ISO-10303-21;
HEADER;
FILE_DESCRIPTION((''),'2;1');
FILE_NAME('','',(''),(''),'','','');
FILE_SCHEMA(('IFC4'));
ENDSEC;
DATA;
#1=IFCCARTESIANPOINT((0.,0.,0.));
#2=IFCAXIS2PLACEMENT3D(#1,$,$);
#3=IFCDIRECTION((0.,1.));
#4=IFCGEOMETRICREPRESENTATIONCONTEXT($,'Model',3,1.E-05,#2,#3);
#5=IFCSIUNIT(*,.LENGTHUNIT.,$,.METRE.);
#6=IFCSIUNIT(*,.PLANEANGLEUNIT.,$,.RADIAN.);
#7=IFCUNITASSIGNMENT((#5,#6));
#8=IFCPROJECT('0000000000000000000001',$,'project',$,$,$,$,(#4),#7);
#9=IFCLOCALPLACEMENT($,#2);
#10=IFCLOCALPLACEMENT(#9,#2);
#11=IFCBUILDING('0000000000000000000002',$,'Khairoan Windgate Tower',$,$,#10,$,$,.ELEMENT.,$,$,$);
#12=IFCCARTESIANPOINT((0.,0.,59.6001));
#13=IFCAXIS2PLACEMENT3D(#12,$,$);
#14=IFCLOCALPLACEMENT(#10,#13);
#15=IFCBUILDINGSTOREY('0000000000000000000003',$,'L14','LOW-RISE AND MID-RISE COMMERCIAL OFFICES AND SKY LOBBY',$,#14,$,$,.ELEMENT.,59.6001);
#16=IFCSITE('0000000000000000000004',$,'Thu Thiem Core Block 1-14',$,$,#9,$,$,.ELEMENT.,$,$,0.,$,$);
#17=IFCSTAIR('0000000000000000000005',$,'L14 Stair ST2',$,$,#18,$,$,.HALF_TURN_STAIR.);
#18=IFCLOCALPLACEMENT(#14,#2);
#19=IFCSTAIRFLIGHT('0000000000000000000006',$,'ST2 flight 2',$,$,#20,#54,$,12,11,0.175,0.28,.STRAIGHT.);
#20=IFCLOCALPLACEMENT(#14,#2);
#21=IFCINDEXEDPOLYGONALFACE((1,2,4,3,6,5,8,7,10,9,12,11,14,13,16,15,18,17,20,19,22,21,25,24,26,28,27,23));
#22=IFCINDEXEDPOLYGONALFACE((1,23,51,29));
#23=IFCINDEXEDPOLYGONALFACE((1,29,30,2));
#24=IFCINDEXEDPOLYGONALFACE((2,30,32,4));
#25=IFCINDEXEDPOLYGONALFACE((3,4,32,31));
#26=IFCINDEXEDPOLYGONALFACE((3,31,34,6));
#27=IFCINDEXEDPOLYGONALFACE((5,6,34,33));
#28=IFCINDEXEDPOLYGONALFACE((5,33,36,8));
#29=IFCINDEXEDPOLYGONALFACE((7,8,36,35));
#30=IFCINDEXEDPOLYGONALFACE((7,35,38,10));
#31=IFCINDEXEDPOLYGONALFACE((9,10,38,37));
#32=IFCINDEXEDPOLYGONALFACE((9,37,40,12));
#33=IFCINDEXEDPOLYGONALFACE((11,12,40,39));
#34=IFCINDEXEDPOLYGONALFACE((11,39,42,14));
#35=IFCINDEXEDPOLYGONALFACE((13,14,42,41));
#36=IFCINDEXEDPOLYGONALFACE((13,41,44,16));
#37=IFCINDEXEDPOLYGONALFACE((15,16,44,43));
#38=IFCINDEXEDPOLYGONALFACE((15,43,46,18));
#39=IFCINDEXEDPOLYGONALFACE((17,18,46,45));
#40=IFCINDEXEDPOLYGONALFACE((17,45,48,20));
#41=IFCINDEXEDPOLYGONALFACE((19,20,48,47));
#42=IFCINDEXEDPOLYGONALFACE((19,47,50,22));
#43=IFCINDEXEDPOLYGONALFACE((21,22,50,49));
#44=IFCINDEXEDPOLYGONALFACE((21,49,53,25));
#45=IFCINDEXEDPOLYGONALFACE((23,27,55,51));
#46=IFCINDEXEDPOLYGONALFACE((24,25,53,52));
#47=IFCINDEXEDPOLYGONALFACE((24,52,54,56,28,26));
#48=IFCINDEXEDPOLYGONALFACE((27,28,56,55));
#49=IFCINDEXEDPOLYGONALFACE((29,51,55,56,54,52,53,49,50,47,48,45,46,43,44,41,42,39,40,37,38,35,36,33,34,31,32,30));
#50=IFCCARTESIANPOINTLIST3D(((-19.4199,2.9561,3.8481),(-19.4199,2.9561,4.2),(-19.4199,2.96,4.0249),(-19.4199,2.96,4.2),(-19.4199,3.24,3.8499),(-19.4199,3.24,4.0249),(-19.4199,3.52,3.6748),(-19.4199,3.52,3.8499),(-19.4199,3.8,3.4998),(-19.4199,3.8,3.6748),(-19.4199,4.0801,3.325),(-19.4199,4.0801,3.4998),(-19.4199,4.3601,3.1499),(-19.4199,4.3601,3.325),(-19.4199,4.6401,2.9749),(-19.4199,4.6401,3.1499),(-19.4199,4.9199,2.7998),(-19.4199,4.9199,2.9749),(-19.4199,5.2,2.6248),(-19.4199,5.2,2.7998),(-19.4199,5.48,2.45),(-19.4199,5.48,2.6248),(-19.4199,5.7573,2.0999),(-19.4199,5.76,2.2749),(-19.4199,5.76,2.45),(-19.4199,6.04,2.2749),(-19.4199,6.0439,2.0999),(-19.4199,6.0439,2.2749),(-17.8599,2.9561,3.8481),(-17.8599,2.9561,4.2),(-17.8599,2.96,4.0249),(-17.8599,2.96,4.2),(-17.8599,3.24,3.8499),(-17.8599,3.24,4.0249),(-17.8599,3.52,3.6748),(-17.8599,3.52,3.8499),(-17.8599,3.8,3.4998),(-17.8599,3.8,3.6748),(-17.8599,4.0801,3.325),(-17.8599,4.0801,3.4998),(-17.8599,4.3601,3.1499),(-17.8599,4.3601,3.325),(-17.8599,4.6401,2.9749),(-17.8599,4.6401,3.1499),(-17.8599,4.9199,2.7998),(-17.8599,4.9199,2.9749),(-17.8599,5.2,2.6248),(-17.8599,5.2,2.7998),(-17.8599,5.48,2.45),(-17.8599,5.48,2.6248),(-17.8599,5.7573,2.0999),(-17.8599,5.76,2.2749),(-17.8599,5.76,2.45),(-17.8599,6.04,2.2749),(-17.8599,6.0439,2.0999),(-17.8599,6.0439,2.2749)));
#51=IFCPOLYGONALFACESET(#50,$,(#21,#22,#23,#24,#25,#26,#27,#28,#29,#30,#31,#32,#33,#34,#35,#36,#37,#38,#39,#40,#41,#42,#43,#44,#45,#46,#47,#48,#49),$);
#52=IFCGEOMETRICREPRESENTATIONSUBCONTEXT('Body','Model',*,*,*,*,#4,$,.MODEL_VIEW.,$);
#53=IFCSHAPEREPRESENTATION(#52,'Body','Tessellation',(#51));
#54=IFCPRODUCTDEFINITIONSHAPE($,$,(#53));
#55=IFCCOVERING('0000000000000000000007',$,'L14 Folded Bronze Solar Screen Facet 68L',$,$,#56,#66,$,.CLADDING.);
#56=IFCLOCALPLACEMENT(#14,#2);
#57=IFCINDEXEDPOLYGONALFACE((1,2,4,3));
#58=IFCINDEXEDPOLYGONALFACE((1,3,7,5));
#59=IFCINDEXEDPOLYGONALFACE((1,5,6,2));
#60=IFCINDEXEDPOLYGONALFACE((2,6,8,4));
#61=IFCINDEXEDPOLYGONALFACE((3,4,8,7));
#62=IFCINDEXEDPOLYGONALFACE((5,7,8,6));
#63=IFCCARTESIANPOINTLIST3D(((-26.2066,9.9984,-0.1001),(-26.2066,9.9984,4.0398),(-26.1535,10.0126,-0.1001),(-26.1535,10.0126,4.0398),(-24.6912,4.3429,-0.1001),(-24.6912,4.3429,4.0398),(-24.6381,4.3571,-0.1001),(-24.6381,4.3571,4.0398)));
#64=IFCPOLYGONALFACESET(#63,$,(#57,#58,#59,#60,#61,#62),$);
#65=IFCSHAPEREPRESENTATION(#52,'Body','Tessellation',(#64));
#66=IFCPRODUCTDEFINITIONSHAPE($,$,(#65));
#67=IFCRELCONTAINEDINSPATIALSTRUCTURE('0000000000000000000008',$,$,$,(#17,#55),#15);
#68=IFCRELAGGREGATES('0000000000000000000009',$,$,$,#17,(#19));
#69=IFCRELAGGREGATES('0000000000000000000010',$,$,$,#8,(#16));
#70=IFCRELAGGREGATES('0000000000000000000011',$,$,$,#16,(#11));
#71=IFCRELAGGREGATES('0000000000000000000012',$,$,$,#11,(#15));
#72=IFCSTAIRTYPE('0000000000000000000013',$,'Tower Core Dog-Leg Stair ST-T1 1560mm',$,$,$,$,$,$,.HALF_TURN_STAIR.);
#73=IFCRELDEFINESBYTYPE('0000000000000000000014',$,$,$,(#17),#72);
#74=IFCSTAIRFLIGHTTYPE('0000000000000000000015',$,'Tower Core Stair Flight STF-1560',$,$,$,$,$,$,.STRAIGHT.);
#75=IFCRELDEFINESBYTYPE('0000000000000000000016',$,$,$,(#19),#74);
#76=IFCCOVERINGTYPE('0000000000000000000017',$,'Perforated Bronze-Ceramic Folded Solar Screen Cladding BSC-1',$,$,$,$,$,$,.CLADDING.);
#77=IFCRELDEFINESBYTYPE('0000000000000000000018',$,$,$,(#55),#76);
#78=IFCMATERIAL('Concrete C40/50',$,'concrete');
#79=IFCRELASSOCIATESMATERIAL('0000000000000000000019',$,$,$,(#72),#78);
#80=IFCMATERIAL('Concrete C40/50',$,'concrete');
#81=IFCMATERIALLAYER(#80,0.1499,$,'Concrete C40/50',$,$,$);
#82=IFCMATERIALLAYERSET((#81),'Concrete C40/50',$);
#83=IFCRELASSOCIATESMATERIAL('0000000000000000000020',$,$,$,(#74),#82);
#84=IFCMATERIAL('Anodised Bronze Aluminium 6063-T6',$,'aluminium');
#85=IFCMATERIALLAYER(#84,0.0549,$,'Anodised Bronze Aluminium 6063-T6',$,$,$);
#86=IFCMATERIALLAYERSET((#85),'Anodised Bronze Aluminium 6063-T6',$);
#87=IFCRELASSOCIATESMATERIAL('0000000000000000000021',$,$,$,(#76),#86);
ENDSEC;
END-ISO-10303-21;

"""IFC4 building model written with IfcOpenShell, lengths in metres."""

from ifc_helpers import new_model, si_unit, direction, frame, origin, origin_2d, place, context, subcontext, project, spatial, polyline, rectangle, outline, extrude, material, layer, layer_set, type_object, element, aggregate, save


model = new_model("IFC4")

# Units and contexts
model_context = context("Model", 3, precision=1e-05, world=origin(), true_north=direction((0.0, 1.0)))
body_context = subcontext(model_context, "Body", "Model", "MODEL_VIEW")
ifc_project = project(units=[si_unit("LENGTHUNIT", "METRE"), si_unit("PLANEANGLEUNIT", "RADIAN")], contexts=[model_context])

# Site, building, storey
site_placement = place(None, origin())
site = spatial("IfcSite", under=ifc_project, at=site_placement, Name="Thu Thiem Core Block 1-14", CompositionType="ELEMENT", RefElevation=0.0)
building_placement = place(site_placement, origin())
building = spatial("IfcBuilding", under=site, at=building_placement, Name="Khairoan Windgate Tower", CompositionType="ELEMENT")
storey_placement = place(building_placement, frame((0.0, 0.0, 59.6001)))
storey = spatial("IfcBuildingStorey", under=building, at=storey_placement, Name="L14", Description="LOW-RISE AND MID-RISE COMMERCIAL OFFICES AND SKY LOBBY", CompositionType="ELEMENT", Elevation=59.6001)

# Stair, stair flight
ifc_material_1 = material(Name="Concrete C40/50", Category="concrete")
stair_type = type_object("IfcStairType", Name="Tower Core Dog-Leg Stair ST-T1 1560mm", PredefinedType="HALF_TURN_STAIR", material=ifc_material_1)
stair_placement = place(storey_placement, origin())
stair = element("IfcStair", 1, at=stair_placement, inside=storey, type_object=stair_type, Name="L14 Stair ST2", PredefinedType="HALF_TURN_STAIR")
ifc_material_2 = material(Name="Concrete C40/50", Category="concrete")
ifc_layer_1 = layer(ifc_material_2, 0.1499, Name="Concrete C40/50")
ifc_layer_set_1 = layer_set([ifc_layer_1], Name="Concrete C40/50")
stair_flight_type = type_object("IfcStairFlightType", Name="Tower Core Stair Flight STF-1560", PredefinedType="STRAIGHT", material=ifc_layer_set_1)
stair_flight_1_placement = place(storey_placement, frame((-18.6399, 6.04, 2.0999), z_axis=(0.0, 0.0, 1.0), x_axis=(0.0, -1.0, 0.0)))
stair_flight_1 = element("IfcStairFlight", 2, at=stair_flight_1_placement, type_object=stair_flight_type, Name="ST2 flight 2", NumberOfRisers=12, NumberOfTreads=11, PredefinedType="STRAIGHT", RiserHeight=0.175, TreadLength=0.28, context=body_context, shape_type="SweptSolid", body=[
    extrude(outline(polyline([(-0.0039, 0.0), (-0.0039, 0.175), (0.0, 0.175), (0.28, 0.175), (0.28, 0.3501), (0.5601, 0.3501), (0.5601, 0.5249), (0.8401, 0.5249), (0.8401, 0.7), (1.1201, 0.7), (1.1201, 0.875), (1.3999, 0.875), (1.3999, 1.05), (1.6799, 1.05), (1.6799, 1.2251), (1.96, 1.2251), (1.96, 1.3999), (2.24, 1.3999), (2.24, 1.575), (2.52, 1.575), (2.52, 1.75), (2.8, 1.75), (2.8, 1.925), (3.0801, 1.925), (3.0801, 2.1001), (3.084, 2.1001), (3.084, 1.7483), (0.2827, 0.0), (-0.0039, 0.0)])), frame((0.0, 0.78, 0.0), z_axis=(0.0, -1.0, 0.0), x_axis=(1.0, 0.0, 0.0)), (0.0, 0.0, 1.0), 1.5601),
])
aggregate(stair, [stair_flight_1])

# Covering
ifc_material_3 = material(Name="Anodised Bronze Aluminium 6063-T6", Category="aluminium")
ifc_layer_2 = layer(ifc_material_3, 0.0549, Name="Anodised Bronze Aluminium 6063-T6")
ifc_layer_set_2 = layer_set([ifc_layer_2], Name="Anodised Bronze Aluminium 6063-T6")
covering_type = type_object("IfcCoveringType", Name="Perforated Bronze-Ceramic Folded Solar Screen Cladding BSC-1", PredefinedType="CLADDING", material=ifc_layer_set_2)
covering_placement = place(storey_placement, frame((-25.4224, 7.1777, -0.1001), z_axis=(0.0, 0.0, 1.0), x_axis=(-0.258819, 0.965926, 0.0)))
element("IfcCovering", 3, at=covering_placement, inside=storey, type_object=covering_type, Name="L14 Folded Bronze Solar Screen Facet 68L", PredefinedType="CLADDING", context=body_context, shape_type="SweptSolid", body=[
    extrude(rectangle(XDim=5.855, YDim=0.0549, at=origin_2d()), origin(), (0.0, 0.0, 1.0), 4.1399),
])

save(model, "model.ifc")
